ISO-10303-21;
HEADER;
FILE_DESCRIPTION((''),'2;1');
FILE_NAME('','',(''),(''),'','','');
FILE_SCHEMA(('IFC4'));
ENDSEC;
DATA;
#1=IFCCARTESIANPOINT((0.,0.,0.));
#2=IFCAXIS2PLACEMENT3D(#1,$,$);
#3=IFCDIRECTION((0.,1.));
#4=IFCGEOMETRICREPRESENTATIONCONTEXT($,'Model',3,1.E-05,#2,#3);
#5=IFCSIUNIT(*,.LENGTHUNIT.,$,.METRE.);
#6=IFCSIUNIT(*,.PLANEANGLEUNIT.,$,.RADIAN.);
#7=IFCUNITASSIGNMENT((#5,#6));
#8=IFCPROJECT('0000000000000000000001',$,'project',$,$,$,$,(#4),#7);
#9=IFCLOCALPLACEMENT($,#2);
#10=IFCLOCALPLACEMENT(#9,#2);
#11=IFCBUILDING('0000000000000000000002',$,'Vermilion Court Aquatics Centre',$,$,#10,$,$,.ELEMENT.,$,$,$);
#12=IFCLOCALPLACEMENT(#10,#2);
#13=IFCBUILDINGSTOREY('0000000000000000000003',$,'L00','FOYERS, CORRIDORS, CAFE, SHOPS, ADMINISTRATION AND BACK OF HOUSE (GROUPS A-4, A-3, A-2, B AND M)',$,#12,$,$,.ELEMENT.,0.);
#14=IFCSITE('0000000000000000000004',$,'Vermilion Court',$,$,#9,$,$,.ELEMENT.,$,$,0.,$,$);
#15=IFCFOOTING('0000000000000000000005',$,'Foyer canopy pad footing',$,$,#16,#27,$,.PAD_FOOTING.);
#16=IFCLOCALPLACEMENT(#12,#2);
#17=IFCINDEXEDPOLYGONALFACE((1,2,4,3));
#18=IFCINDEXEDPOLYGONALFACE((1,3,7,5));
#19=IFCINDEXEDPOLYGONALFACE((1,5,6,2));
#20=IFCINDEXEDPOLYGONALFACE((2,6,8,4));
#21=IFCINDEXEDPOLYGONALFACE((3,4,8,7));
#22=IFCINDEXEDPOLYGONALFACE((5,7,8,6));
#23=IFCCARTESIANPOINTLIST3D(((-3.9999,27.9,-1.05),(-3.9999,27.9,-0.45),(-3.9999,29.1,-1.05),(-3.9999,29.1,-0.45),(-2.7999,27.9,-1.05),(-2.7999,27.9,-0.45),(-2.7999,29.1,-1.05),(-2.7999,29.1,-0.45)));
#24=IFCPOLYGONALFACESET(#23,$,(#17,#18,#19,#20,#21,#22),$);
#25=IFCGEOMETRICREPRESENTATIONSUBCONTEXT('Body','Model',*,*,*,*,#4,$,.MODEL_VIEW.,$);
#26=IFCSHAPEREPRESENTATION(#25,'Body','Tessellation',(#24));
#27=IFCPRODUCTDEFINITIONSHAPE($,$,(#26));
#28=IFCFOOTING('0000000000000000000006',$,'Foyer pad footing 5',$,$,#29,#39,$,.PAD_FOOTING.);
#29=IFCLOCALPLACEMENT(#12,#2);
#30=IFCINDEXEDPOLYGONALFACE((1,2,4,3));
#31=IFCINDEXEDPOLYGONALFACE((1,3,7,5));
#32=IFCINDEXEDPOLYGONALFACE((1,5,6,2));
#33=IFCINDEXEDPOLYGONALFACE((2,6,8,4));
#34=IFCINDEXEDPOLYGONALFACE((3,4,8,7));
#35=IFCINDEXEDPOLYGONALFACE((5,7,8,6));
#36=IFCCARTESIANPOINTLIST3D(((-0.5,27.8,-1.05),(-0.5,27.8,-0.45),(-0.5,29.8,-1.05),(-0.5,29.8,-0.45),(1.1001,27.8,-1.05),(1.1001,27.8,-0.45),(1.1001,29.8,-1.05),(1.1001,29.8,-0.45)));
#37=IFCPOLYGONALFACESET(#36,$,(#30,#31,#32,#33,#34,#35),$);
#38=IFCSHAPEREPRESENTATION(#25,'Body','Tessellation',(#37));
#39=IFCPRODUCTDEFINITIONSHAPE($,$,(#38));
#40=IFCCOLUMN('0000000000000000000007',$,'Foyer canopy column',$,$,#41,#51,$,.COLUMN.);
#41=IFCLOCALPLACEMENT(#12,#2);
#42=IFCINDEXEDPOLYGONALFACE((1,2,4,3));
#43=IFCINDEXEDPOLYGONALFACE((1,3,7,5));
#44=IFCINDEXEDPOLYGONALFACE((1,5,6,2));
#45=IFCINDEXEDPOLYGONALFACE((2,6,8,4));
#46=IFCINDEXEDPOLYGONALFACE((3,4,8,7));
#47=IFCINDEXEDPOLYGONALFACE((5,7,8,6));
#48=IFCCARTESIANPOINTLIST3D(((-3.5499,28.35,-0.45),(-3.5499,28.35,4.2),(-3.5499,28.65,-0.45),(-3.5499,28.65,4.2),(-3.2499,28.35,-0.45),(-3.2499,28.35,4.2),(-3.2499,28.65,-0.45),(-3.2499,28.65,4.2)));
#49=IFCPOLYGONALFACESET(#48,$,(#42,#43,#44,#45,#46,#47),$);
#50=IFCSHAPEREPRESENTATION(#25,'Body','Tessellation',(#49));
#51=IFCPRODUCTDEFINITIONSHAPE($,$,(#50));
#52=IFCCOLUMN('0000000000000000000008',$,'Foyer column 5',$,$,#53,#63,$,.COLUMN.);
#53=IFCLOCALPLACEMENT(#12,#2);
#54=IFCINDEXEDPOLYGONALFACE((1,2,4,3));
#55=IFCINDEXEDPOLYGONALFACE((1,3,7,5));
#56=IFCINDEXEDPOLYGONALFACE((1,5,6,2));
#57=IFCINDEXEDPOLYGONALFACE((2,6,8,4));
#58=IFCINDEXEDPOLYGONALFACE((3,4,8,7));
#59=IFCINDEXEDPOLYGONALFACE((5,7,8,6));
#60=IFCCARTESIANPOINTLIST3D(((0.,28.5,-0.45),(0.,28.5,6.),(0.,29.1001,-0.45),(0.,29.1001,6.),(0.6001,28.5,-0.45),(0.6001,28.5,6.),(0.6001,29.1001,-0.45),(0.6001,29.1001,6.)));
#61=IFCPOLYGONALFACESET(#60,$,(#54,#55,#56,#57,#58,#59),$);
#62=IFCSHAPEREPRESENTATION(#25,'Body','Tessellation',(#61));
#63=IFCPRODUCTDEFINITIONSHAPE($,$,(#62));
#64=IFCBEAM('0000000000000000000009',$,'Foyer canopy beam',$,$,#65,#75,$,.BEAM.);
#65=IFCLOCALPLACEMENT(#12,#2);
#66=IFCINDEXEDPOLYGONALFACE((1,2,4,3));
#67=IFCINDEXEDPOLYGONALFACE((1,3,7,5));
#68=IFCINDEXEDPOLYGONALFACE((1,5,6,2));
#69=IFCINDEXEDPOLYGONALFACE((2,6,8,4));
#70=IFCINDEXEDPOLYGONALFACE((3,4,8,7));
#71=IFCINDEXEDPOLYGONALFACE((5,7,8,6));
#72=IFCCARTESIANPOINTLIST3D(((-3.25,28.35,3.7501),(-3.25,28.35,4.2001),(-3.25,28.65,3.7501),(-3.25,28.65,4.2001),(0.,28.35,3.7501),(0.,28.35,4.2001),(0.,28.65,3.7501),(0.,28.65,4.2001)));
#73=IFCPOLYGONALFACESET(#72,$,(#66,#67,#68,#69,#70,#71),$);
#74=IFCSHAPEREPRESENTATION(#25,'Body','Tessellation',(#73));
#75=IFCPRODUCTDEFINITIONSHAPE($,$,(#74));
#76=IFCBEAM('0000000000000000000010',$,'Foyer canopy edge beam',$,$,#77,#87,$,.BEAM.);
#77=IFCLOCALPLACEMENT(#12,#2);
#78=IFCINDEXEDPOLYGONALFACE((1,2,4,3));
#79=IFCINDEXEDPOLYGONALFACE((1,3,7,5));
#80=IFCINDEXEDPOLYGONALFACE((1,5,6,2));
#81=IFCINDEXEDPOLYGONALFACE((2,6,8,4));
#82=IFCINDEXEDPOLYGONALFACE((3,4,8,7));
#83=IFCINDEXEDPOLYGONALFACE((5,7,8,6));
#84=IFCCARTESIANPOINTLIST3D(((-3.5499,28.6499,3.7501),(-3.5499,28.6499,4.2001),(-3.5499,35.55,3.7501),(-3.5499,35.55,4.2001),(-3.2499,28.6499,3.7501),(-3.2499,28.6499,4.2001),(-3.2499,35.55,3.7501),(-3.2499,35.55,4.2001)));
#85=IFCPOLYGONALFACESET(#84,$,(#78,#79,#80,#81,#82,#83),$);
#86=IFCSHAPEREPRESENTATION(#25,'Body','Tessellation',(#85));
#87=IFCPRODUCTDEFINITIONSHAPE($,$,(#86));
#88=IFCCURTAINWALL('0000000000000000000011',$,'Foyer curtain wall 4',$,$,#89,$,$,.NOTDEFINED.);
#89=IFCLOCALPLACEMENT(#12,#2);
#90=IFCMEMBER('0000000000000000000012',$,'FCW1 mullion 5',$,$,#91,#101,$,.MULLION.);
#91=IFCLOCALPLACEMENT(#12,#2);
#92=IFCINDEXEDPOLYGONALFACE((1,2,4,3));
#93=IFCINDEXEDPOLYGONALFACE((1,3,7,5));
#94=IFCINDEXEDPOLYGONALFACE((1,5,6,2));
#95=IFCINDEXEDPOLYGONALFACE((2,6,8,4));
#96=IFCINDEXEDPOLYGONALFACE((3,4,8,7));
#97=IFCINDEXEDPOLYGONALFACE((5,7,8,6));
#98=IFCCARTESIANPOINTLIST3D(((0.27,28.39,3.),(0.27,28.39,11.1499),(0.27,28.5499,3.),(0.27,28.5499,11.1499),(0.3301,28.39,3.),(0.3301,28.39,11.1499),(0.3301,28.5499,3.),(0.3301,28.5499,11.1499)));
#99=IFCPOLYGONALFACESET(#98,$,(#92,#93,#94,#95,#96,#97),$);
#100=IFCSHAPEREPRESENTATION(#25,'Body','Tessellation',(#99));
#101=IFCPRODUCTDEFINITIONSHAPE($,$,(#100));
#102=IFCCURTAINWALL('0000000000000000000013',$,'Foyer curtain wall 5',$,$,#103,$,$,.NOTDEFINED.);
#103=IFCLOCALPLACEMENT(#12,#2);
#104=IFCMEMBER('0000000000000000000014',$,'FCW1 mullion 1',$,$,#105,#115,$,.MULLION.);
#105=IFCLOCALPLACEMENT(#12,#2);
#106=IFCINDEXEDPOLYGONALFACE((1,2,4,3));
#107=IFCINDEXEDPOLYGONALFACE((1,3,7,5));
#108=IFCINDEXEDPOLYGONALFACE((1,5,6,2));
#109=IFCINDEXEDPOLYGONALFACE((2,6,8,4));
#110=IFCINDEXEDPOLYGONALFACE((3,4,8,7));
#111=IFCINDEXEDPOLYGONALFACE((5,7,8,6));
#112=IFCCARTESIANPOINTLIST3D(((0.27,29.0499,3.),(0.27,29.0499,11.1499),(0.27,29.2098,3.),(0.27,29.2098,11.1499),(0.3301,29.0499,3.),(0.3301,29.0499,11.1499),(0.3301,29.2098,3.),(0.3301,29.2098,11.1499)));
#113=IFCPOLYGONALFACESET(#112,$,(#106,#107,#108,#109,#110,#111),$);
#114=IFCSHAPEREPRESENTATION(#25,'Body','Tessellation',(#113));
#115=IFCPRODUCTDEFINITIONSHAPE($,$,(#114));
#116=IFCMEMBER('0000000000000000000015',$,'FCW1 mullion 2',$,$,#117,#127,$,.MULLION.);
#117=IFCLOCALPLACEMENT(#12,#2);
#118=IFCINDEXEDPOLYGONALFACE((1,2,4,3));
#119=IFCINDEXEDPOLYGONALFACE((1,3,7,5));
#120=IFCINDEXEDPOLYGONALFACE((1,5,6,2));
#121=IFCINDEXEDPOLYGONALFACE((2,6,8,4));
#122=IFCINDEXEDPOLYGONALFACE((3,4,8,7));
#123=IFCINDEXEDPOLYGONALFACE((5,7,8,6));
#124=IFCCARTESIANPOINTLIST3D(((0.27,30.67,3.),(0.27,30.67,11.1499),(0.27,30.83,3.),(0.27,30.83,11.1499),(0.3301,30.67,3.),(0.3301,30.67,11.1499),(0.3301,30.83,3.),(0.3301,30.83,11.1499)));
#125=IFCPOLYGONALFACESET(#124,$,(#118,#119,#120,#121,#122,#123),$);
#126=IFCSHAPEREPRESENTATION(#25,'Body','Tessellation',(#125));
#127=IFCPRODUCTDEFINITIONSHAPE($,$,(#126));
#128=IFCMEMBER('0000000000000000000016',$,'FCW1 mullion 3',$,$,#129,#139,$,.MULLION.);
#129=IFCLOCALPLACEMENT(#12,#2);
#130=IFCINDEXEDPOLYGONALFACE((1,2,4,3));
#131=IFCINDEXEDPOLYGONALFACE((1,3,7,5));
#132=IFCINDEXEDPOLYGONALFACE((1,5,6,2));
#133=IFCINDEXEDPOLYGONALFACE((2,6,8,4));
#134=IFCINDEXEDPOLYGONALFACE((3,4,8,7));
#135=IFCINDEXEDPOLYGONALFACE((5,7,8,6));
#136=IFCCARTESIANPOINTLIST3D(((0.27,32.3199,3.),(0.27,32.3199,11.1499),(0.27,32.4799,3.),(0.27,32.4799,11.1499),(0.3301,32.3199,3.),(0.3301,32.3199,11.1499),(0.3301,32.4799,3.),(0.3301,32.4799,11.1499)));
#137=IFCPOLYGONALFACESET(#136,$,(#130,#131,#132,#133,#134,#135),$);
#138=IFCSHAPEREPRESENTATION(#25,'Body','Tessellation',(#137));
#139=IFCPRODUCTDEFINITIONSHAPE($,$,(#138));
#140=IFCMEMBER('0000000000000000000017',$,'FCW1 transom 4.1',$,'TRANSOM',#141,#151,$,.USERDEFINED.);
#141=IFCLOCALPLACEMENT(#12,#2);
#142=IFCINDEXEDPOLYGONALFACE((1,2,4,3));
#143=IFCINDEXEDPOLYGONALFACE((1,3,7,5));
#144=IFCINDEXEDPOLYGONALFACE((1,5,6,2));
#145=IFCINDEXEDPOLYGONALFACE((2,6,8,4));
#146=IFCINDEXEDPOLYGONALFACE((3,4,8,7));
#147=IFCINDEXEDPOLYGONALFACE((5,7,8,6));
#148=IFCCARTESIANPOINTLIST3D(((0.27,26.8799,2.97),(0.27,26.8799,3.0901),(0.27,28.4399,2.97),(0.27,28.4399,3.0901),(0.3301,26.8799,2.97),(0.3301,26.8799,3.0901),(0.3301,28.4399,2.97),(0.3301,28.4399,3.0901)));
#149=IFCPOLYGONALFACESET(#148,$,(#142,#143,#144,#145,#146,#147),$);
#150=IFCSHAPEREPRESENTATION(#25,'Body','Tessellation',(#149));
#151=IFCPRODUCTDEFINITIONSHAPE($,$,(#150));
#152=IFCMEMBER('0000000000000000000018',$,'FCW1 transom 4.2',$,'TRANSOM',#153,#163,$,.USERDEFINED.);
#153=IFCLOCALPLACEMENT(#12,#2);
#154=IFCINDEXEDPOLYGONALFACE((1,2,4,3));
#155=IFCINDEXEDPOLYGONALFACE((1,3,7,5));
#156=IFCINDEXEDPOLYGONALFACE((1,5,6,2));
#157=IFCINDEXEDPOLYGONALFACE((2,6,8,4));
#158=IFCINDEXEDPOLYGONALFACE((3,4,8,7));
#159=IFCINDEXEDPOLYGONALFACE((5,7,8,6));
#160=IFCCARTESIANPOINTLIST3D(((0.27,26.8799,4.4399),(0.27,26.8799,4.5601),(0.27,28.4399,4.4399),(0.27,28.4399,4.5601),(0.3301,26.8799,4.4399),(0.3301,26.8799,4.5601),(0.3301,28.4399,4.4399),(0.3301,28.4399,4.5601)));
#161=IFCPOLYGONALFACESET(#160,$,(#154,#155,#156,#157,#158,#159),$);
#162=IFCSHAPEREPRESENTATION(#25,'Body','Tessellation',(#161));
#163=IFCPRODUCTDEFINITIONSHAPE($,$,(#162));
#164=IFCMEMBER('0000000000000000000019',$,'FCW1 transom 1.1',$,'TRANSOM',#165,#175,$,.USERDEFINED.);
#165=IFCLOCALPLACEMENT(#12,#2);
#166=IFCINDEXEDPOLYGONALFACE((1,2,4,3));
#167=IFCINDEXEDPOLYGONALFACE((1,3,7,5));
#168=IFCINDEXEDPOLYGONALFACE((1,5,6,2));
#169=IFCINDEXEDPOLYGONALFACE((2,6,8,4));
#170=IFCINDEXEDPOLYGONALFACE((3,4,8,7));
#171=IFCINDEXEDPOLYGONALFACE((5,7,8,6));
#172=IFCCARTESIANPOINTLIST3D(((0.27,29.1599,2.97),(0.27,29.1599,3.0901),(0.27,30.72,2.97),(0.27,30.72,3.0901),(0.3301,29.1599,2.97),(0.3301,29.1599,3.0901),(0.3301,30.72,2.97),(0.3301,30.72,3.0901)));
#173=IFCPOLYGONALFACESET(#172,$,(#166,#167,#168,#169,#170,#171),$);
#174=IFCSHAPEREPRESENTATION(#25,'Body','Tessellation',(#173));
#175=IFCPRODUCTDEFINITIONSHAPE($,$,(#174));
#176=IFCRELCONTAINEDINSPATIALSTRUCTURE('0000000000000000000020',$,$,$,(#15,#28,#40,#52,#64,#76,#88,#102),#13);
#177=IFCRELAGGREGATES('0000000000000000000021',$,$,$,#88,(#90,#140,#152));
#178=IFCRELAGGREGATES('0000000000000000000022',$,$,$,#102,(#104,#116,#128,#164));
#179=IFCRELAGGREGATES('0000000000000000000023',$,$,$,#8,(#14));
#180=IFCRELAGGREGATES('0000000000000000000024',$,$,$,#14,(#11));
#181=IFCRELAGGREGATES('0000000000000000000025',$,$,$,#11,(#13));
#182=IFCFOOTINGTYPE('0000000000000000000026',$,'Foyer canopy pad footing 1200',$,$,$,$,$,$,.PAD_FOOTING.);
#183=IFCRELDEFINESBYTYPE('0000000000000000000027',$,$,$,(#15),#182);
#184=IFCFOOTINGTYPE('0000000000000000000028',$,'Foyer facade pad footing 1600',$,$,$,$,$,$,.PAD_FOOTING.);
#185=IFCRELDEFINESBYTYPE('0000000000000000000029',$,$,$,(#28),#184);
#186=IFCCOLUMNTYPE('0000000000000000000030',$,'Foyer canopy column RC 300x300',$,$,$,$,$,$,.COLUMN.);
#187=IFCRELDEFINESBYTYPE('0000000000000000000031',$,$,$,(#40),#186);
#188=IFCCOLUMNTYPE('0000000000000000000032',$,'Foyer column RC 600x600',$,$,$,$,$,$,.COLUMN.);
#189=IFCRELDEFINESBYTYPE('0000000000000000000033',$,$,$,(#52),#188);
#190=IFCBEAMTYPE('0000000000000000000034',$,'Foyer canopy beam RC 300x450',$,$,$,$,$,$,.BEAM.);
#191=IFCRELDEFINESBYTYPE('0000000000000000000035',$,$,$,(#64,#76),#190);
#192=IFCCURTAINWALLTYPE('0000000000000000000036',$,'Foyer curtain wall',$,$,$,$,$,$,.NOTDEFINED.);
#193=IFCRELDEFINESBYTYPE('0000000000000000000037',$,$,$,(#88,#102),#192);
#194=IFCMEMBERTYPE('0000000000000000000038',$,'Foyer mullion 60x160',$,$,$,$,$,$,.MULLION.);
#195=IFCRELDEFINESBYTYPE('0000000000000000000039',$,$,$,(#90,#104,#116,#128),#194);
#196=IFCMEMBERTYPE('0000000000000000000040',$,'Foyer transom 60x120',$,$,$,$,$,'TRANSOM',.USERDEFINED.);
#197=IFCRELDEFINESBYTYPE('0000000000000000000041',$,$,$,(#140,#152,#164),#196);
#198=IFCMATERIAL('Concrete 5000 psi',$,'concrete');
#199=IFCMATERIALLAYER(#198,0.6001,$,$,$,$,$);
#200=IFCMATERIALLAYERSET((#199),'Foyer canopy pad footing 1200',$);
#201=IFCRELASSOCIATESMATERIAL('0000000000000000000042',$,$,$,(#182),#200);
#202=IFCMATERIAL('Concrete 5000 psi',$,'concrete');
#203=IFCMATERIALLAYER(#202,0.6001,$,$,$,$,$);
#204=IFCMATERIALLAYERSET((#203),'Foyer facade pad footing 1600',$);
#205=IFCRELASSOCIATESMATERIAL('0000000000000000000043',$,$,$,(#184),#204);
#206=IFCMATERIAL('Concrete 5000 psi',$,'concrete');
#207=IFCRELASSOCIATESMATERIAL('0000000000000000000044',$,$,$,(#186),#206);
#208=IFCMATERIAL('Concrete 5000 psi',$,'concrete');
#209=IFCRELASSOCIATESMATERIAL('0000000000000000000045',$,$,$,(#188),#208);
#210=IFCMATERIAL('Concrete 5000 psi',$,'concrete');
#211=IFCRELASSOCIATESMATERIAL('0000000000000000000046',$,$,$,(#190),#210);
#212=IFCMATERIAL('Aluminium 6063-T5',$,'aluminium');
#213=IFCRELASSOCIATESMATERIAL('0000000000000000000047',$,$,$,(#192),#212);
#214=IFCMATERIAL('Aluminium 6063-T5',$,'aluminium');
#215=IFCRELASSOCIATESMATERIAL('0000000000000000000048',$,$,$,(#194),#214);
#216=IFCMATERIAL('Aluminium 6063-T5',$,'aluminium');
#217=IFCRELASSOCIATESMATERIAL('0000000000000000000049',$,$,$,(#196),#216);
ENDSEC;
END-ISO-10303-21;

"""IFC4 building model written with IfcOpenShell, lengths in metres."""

from ifc_helpers import new_model, si_unit, direction, frame, origin, origin_2d, place, context, subcontext, project, spatial, rectangle, extrude, material, layer, layer_set, material_profile, profile_set, type_object, element, aggregate, save


model = new_model("IFC4")

# Units and contexts
model_context = context("Model", 3, precision=1e-05, world=origin(), true_north=direction((0.0, 1.0)))
body_context = subcontext(model_context, "Body", "Model", "MODEL_VIEW")
ifc_project = project(units=[si_unit("LENGTHUNIT", "METRE"), si_unit("PLANEANGLEUNIT", "RADIAN")], contexts=[model_context])

# Site, building, storey
site_placement = place(None, origin())
site = spatial("IfcSite", under=ifc_project, at=site_placement, Name="Vermilion Court", CompositionType="ELEMENT", RefElevation=0.0)
building_placement = place(site_placement, origin())
building = spatial("IfcBuilding", under=site, at=building_placement, Name="Vermilion Court Aquatics Centre", CompositionType="ELEMENT")
storey_placement = place(building_placement, origin())
storey = spatial("IfcBuildingStorey", under=building, at=storey_placement, Name="L00", Description="FOYERS, CORRIDORS, CAFE, SHOPS, ADMINISTRATION AND BACK OF HOUSE (GROUPS A-4, A-3, A-2, B AND M)", CompositionType="ELEMENT", Elevation=0.0)

# Footings
ifc_material_1 = material(Name="Concrete 5000 psi", Category="concrete")
ifc_layer_1 = layer(ifc_material_1, 0.6001)
ifc_layer_set_1 = layer_set([ifc_layer_1], Name="Foyer canopy pad footing 1200")
footing_type_1 = type_object("IfcFootingType", Name="Foyer canopy pad footing 1200", PredefinedType="PAD_FOOTING", material=ifc_layer_set_1)
footing_1_placement = place(storey_placement, frame((-3.3999, 28.5, -1.05), z_axis=(0.0, 0.0, 1.0), x_axis=(1.0, 0.0, 0.0)))
element("IfcFooting", 1, at=footing_1_placement, inside=storey, type_object=footing_type_1, Name="Foyer canopy pad footing", PredefinedType="PAD_FOOTING", context=body_context, shape_type="SweptSolid", body=[
    extrude(rectangle(XDim=1.2, YDim=1.2, at=origin_2d()), origin(), (0.0, 0.0, 1.0), 0.6001),
])
ifc_material_2 = material(Name="Concrete 5000 psi", Category="concrete")
ifc_layer_2 = layer(ifc_material_2, 0.6001)
ifc_layer_set_2 = layer_set([ifc_layer_2], Name="Foyer facade pad footing 1600")
footing_type_2 = type_object("IfcFootingType", Name="Foyer facade pad footing 1600", PredefinedType="PAD_FOOTING", material=ifc_layer_set_2)
footing_2_placement = place(storey_placement, frame((0.3, 28.8, -1.05), z_axis=(0.0, 0.0, 1.0), x_axis=(1.0, 0.0, 0.0)))
element("IfcFooting", 2, at=footing_2_placement, inside=storey, type_object=footing_type_2, Name="Foyer pad footing 5", PredefinedType="PAD_FOOTING", context=body_context, shape_type="SweptSolid", body=[
    extrude(rectangle(XDim=1.6001, YDim=2.0, at=origin_2d()), origin(), (0.0, 0.0, 1.0), 0.6001),
])

# Columns
ifc_material_3 = material(Name="Concrete 5000 psi", Category="concrete")
ifc_material_profile_1 = material_profile(ifc_material_3, rectangle(XDim=0.3, YDim=0.3, at=origin_2d()), Name="RC 300x300")
ifc_profile_set_1 = profile_set([ifc_material_profile_1], Name="Concrete 5000 psi")
column_type_1 = type_object("IfcColumnType", Name="Foyer canopy column RC 300x300", PredefinedType="COLUMN", material=ifc_profile_set_1)
column_1_placement = place(storey_placement, frame((-3.3999, 28.5, -0.45), z_axis=(0.0, 0.0, 1.0), x_axis=(1.0, 0.0, 0.0)))
element("IfcColumn", 3, at=column_1_placement, inside=storey, type_object=column_type_1, Name="Foyer canopy column", PredefinedType="COLUMN", context=body_context, shape_type="SweptSolid", body=[
    extrude(rectangle(XDim=0.3, YDim=0.3, at=origin_2d()), origin(), (0.0, 0.0, 1.0), 4.6499),
])
ifc_material_4 = material(Name="Concrete 5000 psi", Category="concrete")
ifc_material_profile_2 = material_profile(ifc_material_4, rectangle(XDim=0.6001, YDim=0.6001, at=origin_2d()), Name="RC 600x600")
ifc_profile_set_2 = profile_set([ifc_material_profile_2], Name="Concrete 5000 psi")
column_type_2 = type_object("IfcColumnType", Name="Foyer column RC 600x600", PredefinedType="COLUMN", material=ifc_profile_set_2)
column_2_placement = place(storey_placement, frame((0.3, 28.8, -0.45), z_axis=(0.0, 0.0, 1.0), x_axis=(1.0, 0.0, 0.0)))
element("IfcColumn", 4, at=column_2_placement, inside=storey, type_object=column_type_2, Name="Foyer column 5", PredefinedType="COLUMN", context=body_context, shape_type="SweptSolid", body=[
    extrude(rectangle(XDim=0.6001, YDim=0.6001, at=origin_2d()), origin(), (0.0, 0.0, 1.0), 6.45),
])

# Beams
ifc_material_5 = material(Name="Concrete 5000 psi", Category="concrete")
ifc_material_profile_3 = material_profile(ifc_material_5, rectangle(XDim=0.3, YDim=0.45, at=origin_2d()), Name="RC 300x450")
ifc_profile_set_3 = profile_set([ifc_material_profile_3], Name="Concrete 5000 psi")
beam_type = type_object("IfcBeamType", Name="Foyer canopy beam RC 300x450", PredefinedType="BEAM", material=ifc_profile_set_3)
beam_1_placement = place(storey_placement, frame((-3.25, 28.5, 3.9751), z_axis=(1.0, 0.0, 0.0), x_axis=(0.0, 1.0, 0.0)))
element("IfcBeam", 5, at=beam_1_placement, inside=storey, type_object=beam_type, Name="Foyer canopy beam", PredefinedType="BEAM", context=body_context, shape_type="SweptSolid", body=[
    extrude(rectangle(XDim=0.3, YDim=0.45, at=origin_2d()), origin(), (0.0, 0.0, 1.0), 3.25),
])
beam_2_placement = place(storey_placement, frame((-3.3999, 28.6499, 3.9751), z_axis=(0.0, 1.0, 0.0), x_axis=(-1.0, 0.0, 0.0)))
element("IfcBeam", 6, at=beam_2_placement, inside=storey, type_object=beam_type, Name="Foyer canopy edge beam", PredefinedType="BEAM", context=body_context, shape_type="SweptSolid", body=[
    extrude(rectangle(XDim=0.3, YDim=0.45, at=origin_2d()), origin(), (0.0, 0.0, 1.0), 6.9001),
])

# Curtain wall, member
ifc_material_6 = material(Name="Aluminium 6063-T5", Category="aluminium")
curtain_wall_type = type_object("IfcCurtainWallType", Name="Foyer curtain wall", PredefinedType="NOTDEFINED", material=ifc_material_6)
curtain_wall_1_placement = place(storey_placement, origin())
curtain_wall_1 = element("IfcCurtainWall", 7, at=curtain_wall_1_placement, inside=storey, type_object=curtain_wall_type, Name="Foyer curtain wall 4", PredefinedType="NOTDEFINED")
ifc_material_7 = material(Name="Aluminium 6063-T5", Category="aluminium")
ifc_material_profile_4 = material_profile(ifc_material_7, rectangle(XDim=0.0601, YDim=0.1599, at=origin_2d()), Name="Aluminium 60x160")
ifc_profile_set_4 = profile_set([ifc_material_profile_4], Name="Aluminium 6063-T5")
member_type_1 = type_object("IfcMemberType", Name="Foyer mullion 60x160", PredefinedType="MULLION", material=ifc_profile_set_4)
member_1_placement = place(storey_placement, frame((0.3, 28.47, 3.0), z_axis=(0.0, 0.0, 1.0), x_axis=(-1.0, 0.0, 0.0)))
member_1 = element("IfcMember", 8, at=member_1_placement, type_object=member_type_1, Name="FCW1 mullion 5", PredefinedType="MULLION", context=body_context, shape_type="SweptSolid", body=[
    extrude(rectangle(XDim=0.0601, YDim=0.1599, at=origin_2d()), origin(), (0.0, 0.0, 1.0), 8.1499),
])

# Curtain wall, members
curtain_wall_2_placement = place(storey_placement, origin())
curtain_wall_2 = element("IfcCurtainWall", 9, at=curtain_wall_2_placement, inside=storey, type_object=curtain_wall_type, Name="Foyer curtain wall 5", PredefinedType="NOTDEFINED")
member_2_placement = place(storey_placement, frame((0.3, 29.1299, 3.0), z_axis=(0.0, 0.0, 1.0), x_axis=(-1.0, 0.0, 0.0)))
member_2 = element("IfcMember", 10, at=member_2_placement, type_object=member_type_1, Name="FCW1 mullion 1", PredefinedType="MULLION", context=body_context, shape_type="SweptSolid", body=[
    extrude(rectangle(XDim=0.0601, YDim=0.1599, at=origin_2d()), origin(), (0.0, 0.0, 1.0), 8.1499),
])
member_3_placement = place(storey_placement, frame((0.3, 30.75, 3.0), z_axis=(0.0, 0.0, 1.0), x_axis=(-1.0, 0.0, 0.0)))
member_3 = element("IfcMember", 11, at=member_3_placement, type_object=member_type_1, Name="FCW1 mullion 2", PredefinedType="MULLION", context=body_context, shape_type="SweptSolid", body=[
    extrude(rectangle(XDim=0.0601, YDim=0.1599, at=origin_2d()), origin(), (0.0, 0.0, 1.0), 8.1499),
])
member_4_placement = place(storey_placement, frame((0.3, 32.3999, 3.0), z_axis=(0.0, 0.0, 1.0), x_axis=(-1.0, 0.0, 0.0)))
member_4 = element("IfcMember", 12, at=member_4_placement, type_object=member_type_1, Name="FCW1 mullion 3", PredefinedType="MULLION", context=body_context, shape_type="SweptSolid", body=[
    extrude(rectangle(XDim=0.0601, YDim=0.1599, at=origin_2d()), origin(), (0.0, 0.0, 1.0), 8.1499),
])

# Members
ifc_material_8 = material(Name="Aluminium 6063-T5", Category="aluminium")
ifc_material_profile_5 = material_profile(ifc_material_8, rectangle(XDim=0.0601, YDim=0.1201, at=origin_2d()), Name="Aluminium 60x120")
ifc_profile_set_5 = profile_set([ifc_material_profile_5], Name="Aluminium 6063-T5")
member_type_2 = type_object("IfcMemberType", Name="Foyer transom 60x120", ElementType="TRANSOM", PredefinedType="USERDEFINED", material=ifc_profile_set_5)
member_5_placement = place(storey_placement, frame((0.3, 26.8799, 3.03), z_axis=(0.0, 1.0, 0.0), x_axis=(-1.0, 0.0, 0.0)))
member_5 = element("IfcMember", 13, at=member_5_placement, type_object=member_type_2, Name="FCW1 transom 4.1", ObjectType="TRANSOM", PredefinedType="USERDEFINED", context=body_context, shape_type="SweptSolid", body=[
    extrude(rectangle(XDim=0.0601, YDim=0.1201, at=origin_2d()), origin(), (0.0, 0.0, 1.0), 1.5601),
])
member_6_placement = place(storey_placement, frame((0.3, 26.8799, 4.5), z_axis=(0.0, 1.0, 0.0), x_axis=(-1.0, 0.0, 0.0)))
member_6 = element("IfcMember", 14, at=member_6_placement, type_object=member_type_2, Name="FCW1 transom 4.2", ObjectType="TRANSOM", PredefinedType="USERDEFINED", context=body_context, shape_type="SweptSolid", body=[
    extrude(rectangle(XDim=0.0601, YDim=0.1201, at=origin_2d()), origin(), (0.0, 0.0, 1.0), 1.5601),
])
member_7_placement = place(storey_placement, frame((0.3, 29.1599, 3.03), z_axis=(0.0, 1.0, 0.0), x_axis=(-1.0, 0.0, 0.0)))
member_7 = element("IfcMember", 15, at=member_7_placement, type_object=member_type_2, Name="FCW1 transom 1.1", ObjectType="TRANSOM", PredefinedType="USERDEFINED", context=body_context, shape_type="SweptSolid", body=[
    extrude(rectangle(XDim=0.0601, YDim=0.1201, at=origin_2d()), origin(), (0.0, 0.0, 1.0), 1.5601),
])

aggregate(curtain_wall_1, [member_1, member_5, member_6])
aggregate(curtain_wall_2, [member_2, member_3, member_4, member_7])

save(model, "model.ifc")
